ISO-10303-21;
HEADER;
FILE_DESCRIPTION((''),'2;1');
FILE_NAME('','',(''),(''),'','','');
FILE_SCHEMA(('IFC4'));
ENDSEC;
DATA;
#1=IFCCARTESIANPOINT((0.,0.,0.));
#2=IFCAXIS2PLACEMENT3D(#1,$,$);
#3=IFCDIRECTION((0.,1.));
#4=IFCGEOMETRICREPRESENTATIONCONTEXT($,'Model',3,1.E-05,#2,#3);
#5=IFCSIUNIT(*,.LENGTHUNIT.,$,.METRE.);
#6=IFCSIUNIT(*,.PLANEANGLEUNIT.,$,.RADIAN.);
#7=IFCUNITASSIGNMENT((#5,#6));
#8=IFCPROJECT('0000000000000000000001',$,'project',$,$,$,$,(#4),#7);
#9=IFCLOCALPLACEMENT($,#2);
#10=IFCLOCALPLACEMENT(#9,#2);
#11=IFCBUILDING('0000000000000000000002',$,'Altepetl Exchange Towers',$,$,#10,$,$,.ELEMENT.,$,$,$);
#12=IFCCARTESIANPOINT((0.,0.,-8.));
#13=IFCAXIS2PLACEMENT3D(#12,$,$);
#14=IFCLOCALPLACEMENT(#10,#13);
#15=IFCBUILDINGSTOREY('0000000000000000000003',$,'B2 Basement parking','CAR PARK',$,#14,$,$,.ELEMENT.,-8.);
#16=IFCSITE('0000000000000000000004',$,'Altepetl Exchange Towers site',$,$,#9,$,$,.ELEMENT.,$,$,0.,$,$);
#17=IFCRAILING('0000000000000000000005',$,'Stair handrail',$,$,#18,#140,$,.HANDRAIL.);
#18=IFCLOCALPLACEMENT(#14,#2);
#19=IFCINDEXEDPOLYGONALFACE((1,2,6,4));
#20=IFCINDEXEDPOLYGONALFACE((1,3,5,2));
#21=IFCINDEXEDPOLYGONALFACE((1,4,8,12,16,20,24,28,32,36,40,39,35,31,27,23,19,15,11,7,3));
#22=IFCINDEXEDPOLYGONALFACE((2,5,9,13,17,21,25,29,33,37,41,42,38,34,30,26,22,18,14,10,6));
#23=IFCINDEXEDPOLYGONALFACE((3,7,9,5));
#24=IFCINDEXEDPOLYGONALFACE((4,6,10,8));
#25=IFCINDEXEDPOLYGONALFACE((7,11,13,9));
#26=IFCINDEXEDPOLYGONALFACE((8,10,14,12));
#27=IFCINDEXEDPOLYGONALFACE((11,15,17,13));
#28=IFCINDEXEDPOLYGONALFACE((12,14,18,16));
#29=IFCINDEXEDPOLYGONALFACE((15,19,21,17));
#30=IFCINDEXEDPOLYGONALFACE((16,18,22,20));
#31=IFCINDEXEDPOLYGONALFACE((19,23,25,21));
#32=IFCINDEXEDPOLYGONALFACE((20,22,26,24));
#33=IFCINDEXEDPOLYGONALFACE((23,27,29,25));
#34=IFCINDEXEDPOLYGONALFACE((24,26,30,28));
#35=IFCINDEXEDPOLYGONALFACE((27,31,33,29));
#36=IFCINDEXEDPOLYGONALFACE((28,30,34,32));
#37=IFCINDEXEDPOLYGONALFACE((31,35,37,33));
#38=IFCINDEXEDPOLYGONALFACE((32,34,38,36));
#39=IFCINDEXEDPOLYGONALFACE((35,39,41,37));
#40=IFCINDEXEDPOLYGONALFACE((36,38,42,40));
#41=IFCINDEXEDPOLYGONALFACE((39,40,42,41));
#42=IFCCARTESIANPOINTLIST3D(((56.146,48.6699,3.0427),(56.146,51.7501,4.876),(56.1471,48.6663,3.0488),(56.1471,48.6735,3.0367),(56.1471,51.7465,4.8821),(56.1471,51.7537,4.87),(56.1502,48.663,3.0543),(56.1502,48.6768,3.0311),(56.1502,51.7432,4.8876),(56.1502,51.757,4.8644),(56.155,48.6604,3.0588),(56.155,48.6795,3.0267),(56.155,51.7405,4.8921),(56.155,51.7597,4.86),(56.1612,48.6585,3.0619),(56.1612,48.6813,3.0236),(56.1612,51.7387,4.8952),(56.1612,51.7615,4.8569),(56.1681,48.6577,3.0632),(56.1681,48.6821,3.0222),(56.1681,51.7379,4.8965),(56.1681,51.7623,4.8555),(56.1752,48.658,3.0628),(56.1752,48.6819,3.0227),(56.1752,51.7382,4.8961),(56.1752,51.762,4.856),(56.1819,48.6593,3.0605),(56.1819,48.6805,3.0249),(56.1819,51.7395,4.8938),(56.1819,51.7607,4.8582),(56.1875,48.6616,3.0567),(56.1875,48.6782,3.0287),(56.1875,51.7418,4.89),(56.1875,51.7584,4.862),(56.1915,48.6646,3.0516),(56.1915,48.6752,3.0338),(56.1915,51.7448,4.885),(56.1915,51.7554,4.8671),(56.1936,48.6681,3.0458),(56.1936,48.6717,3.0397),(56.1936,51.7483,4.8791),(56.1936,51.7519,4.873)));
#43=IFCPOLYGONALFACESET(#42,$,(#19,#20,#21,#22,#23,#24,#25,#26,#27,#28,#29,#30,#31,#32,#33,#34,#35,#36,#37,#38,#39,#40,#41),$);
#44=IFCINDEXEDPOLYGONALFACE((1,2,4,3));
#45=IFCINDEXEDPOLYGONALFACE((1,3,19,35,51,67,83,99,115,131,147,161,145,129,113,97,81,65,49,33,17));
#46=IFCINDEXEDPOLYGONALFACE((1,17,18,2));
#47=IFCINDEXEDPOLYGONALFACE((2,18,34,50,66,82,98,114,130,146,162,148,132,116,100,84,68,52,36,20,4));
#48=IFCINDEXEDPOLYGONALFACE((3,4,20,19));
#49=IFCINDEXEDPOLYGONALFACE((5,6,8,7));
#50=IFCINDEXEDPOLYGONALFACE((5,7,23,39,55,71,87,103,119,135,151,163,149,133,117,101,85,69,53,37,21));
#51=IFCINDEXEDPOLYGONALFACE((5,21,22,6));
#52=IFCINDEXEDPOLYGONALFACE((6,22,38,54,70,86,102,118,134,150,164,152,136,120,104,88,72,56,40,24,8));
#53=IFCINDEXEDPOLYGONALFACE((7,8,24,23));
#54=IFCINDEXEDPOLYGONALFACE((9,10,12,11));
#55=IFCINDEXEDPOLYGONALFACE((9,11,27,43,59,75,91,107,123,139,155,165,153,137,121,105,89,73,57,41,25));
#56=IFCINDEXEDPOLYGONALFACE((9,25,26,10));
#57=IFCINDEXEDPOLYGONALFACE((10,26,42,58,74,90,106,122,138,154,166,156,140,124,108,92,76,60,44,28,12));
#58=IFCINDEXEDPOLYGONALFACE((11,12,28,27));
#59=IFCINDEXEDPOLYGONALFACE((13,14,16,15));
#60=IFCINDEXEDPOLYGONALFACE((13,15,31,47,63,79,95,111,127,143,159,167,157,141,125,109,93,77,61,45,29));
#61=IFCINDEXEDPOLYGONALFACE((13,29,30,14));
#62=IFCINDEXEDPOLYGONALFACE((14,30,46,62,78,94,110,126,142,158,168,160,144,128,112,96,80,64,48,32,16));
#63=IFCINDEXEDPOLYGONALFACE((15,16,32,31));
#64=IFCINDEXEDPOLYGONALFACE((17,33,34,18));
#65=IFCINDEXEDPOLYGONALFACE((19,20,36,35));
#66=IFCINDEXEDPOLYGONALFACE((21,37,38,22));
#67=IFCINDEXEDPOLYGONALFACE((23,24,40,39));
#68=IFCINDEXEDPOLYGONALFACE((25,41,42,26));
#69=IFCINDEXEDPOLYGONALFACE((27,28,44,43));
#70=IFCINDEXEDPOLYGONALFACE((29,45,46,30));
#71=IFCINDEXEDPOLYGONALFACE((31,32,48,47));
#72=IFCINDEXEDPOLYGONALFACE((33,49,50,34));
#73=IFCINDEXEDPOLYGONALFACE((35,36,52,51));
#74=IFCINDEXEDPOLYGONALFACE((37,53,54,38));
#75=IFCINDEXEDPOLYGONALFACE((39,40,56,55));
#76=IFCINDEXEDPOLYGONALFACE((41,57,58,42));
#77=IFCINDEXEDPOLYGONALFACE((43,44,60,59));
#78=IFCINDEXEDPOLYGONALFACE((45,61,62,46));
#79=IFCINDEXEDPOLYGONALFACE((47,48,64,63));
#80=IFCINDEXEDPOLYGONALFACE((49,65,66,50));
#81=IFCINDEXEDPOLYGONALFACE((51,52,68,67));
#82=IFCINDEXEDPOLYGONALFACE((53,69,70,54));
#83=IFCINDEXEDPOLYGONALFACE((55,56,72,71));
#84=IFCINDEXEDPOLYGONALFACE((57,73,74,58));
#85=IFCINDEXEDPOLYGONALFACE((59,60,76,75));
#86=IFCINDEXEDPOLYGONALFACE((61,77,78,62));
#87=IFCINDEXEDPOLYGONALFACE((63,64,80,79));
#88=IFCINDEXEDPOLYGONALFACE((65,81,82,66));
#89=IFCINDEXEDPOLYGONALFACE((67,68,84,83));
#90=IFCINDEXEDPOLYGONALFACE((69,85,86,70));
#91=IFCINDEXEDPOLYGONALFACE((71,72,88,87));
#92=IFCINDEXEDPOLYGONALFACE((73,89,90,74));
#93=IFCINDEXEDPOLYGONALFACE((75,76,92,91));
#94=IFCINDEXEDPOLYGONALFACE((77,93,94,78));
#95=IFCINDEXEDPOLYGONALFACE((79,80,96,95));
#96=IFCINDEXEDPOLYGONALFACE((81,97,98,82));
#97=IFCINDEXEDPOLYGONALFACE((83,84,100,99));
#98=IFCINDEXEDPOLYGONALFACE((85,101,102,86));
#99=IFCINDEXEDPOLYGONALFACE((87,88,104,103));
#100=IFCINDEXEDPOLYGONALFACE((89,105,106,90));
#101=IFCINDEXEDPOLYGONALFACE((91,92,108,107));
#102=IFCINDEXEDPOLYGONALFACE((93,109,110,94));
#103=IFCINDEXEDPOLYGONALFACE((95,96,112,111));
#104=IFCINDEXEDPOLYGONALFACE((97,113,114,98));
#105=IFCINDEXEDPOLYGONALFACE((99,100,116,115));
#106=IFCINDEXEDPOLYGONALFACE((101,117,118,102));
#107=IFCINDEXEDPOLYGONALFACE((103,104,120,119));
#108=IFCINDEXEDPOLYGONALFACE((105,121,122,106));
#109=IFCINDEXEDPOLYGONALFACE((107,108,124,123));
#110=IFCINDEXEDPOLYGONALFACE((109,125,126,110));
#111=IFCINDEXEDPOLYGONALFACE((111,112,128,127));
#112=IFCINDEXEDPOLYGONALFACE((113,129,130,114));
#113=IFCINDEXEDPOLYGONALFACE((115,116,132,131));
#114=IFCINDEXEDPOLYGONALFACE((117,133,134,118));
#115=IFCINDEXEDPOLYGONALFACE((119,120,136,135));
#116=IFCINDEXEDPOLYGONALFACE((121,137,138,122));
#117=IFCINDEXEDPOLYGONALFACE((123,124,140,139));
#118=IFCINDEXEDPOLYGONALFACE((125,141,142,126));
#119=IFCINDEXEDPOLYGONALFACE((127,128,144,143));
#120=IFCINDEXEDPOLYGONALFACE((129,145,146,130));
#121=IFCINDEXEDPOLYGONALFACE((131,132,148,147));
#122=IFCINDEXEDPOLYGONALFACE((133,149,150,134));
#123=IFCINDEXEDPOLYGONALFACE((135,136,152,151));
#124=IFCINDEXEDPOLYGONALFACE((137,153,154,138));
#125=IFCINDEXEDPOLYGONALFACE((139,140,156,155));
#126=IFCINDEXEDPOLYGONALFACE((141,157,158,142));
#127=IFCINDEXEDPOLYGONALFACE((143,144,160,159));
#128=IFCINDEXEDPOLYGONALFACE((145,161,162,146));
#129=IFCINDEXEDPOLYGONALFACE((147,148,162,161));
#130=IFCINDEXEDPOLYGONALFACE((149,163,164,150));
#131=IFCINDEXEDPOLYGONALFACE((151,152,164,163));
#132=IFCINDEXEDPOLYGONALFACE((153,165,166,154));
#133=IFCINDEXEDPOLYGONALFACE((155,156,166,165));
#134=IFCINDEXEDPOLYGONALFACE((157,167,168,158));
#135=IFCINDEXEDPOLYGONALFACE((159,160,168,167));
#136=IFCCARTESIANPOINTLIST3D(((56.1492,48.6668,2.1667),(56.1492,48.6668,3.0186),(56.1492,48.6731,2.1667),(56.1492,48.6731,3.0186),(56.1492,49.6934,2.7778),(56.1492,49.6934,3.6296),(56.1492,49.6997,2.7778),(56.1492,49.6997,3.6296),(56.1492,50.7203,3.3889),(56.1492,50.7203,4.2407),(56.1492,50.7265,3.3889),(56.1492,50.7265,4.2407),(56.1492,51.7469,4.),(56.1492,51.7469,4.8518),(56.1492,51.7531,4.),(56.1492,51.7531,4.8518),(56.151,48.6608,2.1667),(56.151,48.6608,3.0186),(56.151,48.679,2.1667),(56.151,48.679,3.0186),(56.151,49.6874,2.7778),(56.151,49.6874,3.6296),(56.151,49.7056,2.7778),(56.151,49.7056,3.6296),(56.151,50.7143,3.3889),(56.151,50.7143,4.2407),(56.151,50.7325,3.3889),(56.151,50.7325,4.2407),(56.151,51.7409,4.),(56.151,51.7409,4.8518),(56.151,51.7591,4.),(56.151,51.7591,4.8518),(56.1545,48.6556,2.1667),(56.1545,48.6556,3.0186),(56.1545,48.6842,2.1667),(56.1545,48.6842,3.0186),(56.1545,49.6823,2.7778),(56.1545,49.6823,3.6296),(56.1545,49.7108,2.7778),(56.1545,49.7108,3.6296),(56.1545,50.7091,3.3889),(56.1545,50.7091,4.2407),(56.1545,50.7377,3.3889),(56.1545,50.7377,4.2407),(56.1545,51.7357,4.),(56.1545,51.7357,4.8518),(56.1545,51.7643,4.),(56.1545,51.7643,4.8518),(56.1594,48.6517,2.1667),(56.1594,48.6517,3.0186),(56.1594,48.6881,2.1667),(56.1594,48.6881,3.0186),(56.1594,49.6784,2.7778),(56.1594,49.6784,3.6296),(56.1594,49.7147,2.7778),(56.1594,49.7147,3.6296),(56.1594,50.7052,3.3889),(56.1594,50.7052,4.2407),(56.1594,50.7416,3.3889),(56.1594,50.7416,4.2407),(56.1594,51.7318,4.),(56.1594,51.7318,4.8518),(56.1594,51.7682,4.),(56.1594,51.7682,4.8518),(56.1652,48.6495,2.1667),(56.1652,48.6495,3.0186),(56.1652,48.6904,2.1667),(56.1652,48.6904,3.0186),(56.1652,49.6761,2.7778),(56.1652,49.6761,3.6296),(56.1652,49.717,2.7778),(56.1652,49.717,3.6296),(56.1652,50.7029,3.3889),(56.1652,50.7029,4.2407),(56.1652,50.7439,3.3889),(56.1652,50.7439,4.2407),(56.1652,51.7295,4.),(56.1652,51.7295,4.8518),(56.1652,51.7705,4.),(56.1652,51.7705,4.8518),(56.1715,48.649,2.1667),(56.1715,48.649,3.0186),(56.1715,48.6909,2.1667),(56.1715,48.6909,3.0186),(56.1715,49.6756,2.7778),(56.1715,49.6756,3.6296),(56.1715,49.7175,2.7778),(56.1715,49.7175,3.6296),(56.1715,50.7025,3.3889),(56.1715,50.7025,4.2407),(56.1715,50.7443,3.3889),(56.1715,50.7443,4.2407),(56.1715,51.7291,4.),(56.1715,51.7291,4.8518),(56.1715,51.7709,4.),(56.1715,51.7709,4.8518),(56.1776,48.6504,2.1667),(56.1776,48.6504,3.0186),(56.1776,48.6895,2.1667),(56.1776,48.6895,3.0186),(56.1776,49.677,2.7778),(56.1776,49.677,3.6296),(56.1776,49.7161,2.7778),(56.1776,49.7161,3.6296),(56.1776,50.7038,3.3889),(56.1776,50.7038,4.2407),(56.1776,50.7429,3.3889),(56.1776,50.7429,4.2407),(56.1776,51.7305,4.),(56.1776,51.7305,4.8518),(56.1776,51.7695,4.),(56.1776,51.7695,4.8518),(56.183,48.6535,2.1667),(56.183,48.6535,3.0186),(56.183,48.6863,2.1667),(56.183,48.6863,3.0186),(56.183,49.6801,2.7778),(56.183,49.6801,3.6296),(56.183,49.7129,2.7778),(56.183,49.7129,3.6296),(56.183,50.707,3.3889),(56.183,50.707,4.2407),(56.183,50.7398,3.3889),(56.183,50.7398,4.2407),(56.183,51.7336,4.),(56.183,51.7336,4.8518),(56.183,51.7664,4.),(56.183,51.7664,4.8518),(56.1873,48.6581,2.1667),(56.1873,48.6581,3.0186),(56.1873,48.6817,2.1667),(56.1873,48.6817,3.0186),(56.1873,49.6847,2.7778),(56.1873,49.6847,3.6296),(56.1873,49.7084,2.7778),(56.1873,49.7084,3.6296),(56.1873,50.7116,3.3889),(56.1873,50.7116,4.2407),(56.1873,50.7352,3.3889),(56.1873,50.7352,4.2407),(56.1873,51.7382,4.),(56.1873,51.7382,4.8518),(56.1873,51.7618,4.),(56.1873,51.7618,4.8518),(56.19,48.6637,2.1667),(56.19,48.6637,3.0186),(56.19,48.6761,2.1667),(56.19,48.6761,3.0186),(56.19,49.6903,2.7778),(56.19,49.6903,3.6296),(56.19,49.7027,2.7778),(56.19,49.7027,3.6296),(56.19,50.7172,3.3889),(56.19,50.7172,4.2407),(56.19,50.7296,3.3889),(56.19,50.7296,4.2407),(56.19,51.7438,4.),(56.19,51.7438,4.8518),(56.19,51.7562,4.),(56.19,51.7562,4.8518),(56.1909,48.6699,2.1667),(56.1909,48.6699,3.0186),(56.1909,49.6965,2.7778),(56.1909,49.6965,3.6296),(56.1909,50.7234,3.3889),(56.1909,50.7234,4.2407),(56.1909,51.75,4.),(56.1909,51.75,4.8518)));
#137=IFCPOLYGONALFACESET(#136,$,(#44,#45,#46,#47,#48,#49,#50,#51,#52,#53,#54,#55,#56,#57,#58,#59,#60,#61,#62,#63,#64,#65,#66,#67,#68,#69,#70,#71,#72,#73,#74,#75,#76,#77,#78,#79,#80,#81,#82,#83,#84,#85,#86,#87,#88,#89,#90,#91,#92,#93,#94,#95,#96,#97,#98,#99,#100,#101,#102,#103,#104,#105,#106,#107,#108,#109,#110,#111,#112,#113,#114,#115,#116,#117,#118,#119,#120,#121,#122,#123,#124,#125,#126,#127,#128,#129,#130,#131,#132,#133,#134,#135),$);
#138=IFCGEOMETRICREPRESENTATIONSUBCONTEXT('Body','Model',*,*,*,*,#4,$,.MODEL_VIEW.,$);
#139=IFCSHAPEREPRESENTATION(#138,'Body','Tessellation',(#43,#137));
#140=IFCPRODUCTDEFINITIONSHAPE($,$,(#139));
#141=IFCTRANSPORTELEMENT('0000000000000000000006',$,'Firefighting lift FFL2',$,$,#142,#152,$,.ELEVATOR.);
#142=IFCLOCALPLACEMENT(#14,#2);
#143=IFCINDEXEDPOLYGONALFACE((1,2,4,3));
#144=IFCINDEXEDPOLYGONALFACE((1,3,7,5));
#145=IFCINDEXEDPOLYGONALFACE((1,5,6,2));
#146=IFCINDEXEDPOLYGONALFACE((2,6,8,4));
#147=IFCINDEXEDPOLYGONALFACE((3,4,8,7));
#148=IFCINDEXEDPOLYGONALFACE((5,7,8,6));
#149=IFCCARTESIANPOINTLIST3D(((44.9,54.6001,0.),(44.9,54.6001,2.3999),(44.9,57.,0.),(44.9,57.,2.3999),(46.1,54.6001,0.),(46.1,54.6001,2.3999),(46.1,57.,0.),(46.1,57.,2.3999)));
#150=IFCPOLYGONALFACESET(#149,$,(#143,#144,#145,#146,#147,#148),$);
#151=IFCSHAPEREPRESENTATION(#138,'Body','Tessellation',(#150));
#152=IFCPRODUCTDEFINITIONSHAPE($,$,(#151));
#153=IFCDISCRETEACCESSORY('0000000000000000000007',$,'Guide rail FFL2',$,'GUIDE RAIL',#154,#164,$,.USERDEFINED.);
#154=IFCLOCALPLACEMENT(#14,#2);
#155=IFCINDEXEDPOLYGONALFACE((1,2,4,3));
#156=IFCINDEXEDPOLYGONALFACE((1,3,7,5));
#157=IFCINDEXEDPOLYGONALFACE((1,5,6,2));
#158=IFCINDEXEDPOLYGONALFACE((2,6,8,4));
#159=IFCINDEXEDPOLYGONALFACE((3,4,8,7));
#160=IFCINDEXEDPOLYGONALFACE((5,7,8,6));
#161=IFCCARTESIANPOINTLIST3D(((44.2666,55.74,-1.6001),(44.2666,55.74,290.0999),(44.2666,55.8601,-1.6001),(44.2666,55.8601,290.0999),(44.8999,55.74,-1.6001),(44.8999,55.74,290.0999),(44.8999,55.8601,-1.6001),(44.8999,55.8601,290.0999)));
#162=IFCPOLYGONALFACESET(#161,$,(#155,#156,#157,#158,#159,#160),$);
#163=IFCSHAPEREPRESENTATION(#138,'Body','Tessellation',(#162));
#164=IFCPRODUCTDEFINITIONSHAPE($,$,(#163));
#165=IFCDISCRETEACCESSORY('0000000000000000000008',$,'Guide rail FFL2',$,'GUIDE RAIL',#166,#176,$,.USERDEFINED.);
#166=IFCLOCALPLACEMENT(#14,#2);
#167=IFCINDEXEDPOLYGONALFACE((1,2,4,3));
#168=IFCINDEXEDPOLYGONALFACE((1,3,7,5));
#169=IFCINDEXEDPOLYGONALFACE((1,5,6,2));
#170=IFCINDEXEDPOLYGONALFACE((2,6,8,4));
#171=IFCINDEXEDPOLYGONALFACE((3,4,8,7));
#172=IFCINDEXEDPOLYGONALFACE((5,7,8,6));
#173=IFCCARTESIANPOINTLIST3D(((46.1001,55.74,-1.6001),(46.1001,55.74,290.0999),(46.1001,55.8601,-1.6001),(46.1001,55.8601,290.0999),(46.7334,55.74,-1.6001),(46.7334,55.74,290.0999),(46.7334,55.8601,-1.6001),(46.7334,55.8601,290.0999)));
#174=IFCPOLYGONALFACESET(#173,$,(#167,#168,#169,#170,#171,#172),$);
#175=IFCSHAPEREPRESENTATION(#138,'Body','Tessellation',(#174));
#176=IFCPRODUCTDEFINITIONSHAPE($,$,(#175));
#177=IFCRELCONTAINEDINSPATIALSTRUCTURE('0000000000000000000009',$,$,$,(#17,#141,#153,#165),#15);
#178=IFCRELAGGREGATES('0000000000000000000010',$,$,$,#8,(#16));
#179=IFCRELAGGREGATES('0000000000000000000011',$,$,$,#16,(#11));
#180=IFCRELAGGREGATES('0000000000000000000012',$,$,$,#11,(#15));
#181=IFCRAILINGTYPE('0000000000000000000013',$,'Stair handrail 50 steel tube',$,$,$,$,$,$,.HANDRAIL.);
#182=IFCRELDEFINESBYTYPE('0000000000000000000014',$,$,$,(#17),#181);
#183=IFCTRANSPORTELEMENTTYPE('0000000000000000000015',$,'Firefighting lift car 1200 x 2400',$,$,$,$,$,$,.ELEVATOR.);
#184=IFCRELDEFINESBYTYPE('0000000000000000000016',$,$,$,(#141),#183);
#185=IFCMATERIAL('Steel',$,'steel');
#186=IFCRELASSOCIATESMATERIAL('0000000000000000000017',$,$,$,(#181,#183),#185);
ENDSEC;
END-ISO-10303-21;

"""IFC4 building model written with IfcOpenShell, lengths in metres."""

from ifc_helpers import new_model, si_unit, direction, frame, origin, origin_2d, place, context, subcontext, project, spatial, rectangle, circle, extrude, source, transform, mapped, material, type_object, element, save


model = new_model("IFC4")

# Units and contexts
model_context = context("Model", 3, precision=1e-05, world=origin(), true_north=direction((0.0, 1.0)))
body_context = subcontext(model_context, "Body", "Model", "MODEL_VIEW")
ifc_project = project(units=[si_unit("LENGTHUNIT", "METRE"), si_unit("PLANEANGLEUNIT", "RADIAN")], contexts=[model_context])

# Site, building, storey
site_placement = place(None, origin())
site = spatial("IfcSite", under=ifc_project, at=site_placement, Name="Altepetl Exchange Towers site", CompositionType="ELEMENT", RefElevation=0.0)
building_placement = place(site_placement, origin())
building = spatial("IfcBuilding", under=site, at=building_placement, Name="Altepetl Exchange Towers", CompositionType="ELEMENT")
storey_placement = place(building_placement, frame((0.0, 0.0, -8.0)))
storey = spatial("IfcBuildingStorey", under=building, at=storey_placement, Name="B2 Basement parking", Description="CAR PARK", CompositionType="ELEMENT", Elevation=-8.0)

# Railing
ifc_material_1 = material(Name="Steel", Category="steel")
railing_type = type_object("IfcRailingType", Name="Stair handrail 50 steel tube", PredefinedType="HANDRAIL", material=ifc_material_1)
shared_shape = source(origin(), body_context, "Body", "SweptSolid", [
    extrude(circle(Radius=0.021, at=origin_2d()), origin(), (0.0, 0.0, 1.0), 0.8518),
])
railing_1_placement = place(storey_placement, frame((56.1699, 48.6699, 2.1667)))
element("IfcRailing", 1, at=railing_1_placement, inside=storey, type_object=railing_type, Name="Stair handrail", PredefinedType="HANDRAIL", context=body_context, shape_type="SweptSolid", body=[
    extrude(circle(Radius=0.0239, at=origin_2d()), frame((0.0, 0.0, 0.876), z_axis=(0.0, 0.859309, 0.511458), x_axis=(-1.0, 0.0, 0.0)), (0.0, 0.0, 1.0), 3.5845),
    mapped(shared_shape, transform((0.0, 0.0, 0.0))),
    mapped(shared_shape, transform((0.0, 1.0266, 0.6111))),
    mapped(shared_shape, transform((0.0, 2.0535, 1.2222))),
    mapped(shared_shape, transform((0.0, 3.0801, 1.8333))),
])

# Transport element
transport_element_type = type_object("IfcTransportElementType", Name="Firefighting lift car 1200 x 2400", PredefinedType="ELEVATOR", material=ifc_material_1)
transport_element_placement = place(storey_placement, frame((45.5, 55.8, 0.0)))
element("IfcTransportElement", 2, at=transport_element_placement, inside=storey, type_object=transport_element_type, Name="Firefighting lift FFL2", PredefinedType="ELEVATOR", context=body_context, shape_type="SweptSolid", body=[
    extrude(rectangle(XDim=1.2, YDim=2.3999, at=origin_2d()), origin(), (0.0, 0.0, 1.0), 2.3999),
])

# Discrete accessories
for number, where, name in (
    (3, (44.5833, 55.8, -1.6001), "Guide rail FFL2"),
    (4, (46.4167, 55.8, -1.6001), "Guide rail FFL2"),
):
    element("IfcDiscreteAccessory", number, at=place(storey_placement, frame(where)), inside=storey, Name=name, ObjectType="GUIDE RAIL", PredefinedType="USERDEFINED", context=body_context, shape_type="SweptSolid", body=[
        extrude(rectangle(XDim=0.6333, YDim=0.1201, at=origin_2d()), origin(), (0.0, 0.0, 1.0), 291.7),
    ])

save(model, "model.ifc")
